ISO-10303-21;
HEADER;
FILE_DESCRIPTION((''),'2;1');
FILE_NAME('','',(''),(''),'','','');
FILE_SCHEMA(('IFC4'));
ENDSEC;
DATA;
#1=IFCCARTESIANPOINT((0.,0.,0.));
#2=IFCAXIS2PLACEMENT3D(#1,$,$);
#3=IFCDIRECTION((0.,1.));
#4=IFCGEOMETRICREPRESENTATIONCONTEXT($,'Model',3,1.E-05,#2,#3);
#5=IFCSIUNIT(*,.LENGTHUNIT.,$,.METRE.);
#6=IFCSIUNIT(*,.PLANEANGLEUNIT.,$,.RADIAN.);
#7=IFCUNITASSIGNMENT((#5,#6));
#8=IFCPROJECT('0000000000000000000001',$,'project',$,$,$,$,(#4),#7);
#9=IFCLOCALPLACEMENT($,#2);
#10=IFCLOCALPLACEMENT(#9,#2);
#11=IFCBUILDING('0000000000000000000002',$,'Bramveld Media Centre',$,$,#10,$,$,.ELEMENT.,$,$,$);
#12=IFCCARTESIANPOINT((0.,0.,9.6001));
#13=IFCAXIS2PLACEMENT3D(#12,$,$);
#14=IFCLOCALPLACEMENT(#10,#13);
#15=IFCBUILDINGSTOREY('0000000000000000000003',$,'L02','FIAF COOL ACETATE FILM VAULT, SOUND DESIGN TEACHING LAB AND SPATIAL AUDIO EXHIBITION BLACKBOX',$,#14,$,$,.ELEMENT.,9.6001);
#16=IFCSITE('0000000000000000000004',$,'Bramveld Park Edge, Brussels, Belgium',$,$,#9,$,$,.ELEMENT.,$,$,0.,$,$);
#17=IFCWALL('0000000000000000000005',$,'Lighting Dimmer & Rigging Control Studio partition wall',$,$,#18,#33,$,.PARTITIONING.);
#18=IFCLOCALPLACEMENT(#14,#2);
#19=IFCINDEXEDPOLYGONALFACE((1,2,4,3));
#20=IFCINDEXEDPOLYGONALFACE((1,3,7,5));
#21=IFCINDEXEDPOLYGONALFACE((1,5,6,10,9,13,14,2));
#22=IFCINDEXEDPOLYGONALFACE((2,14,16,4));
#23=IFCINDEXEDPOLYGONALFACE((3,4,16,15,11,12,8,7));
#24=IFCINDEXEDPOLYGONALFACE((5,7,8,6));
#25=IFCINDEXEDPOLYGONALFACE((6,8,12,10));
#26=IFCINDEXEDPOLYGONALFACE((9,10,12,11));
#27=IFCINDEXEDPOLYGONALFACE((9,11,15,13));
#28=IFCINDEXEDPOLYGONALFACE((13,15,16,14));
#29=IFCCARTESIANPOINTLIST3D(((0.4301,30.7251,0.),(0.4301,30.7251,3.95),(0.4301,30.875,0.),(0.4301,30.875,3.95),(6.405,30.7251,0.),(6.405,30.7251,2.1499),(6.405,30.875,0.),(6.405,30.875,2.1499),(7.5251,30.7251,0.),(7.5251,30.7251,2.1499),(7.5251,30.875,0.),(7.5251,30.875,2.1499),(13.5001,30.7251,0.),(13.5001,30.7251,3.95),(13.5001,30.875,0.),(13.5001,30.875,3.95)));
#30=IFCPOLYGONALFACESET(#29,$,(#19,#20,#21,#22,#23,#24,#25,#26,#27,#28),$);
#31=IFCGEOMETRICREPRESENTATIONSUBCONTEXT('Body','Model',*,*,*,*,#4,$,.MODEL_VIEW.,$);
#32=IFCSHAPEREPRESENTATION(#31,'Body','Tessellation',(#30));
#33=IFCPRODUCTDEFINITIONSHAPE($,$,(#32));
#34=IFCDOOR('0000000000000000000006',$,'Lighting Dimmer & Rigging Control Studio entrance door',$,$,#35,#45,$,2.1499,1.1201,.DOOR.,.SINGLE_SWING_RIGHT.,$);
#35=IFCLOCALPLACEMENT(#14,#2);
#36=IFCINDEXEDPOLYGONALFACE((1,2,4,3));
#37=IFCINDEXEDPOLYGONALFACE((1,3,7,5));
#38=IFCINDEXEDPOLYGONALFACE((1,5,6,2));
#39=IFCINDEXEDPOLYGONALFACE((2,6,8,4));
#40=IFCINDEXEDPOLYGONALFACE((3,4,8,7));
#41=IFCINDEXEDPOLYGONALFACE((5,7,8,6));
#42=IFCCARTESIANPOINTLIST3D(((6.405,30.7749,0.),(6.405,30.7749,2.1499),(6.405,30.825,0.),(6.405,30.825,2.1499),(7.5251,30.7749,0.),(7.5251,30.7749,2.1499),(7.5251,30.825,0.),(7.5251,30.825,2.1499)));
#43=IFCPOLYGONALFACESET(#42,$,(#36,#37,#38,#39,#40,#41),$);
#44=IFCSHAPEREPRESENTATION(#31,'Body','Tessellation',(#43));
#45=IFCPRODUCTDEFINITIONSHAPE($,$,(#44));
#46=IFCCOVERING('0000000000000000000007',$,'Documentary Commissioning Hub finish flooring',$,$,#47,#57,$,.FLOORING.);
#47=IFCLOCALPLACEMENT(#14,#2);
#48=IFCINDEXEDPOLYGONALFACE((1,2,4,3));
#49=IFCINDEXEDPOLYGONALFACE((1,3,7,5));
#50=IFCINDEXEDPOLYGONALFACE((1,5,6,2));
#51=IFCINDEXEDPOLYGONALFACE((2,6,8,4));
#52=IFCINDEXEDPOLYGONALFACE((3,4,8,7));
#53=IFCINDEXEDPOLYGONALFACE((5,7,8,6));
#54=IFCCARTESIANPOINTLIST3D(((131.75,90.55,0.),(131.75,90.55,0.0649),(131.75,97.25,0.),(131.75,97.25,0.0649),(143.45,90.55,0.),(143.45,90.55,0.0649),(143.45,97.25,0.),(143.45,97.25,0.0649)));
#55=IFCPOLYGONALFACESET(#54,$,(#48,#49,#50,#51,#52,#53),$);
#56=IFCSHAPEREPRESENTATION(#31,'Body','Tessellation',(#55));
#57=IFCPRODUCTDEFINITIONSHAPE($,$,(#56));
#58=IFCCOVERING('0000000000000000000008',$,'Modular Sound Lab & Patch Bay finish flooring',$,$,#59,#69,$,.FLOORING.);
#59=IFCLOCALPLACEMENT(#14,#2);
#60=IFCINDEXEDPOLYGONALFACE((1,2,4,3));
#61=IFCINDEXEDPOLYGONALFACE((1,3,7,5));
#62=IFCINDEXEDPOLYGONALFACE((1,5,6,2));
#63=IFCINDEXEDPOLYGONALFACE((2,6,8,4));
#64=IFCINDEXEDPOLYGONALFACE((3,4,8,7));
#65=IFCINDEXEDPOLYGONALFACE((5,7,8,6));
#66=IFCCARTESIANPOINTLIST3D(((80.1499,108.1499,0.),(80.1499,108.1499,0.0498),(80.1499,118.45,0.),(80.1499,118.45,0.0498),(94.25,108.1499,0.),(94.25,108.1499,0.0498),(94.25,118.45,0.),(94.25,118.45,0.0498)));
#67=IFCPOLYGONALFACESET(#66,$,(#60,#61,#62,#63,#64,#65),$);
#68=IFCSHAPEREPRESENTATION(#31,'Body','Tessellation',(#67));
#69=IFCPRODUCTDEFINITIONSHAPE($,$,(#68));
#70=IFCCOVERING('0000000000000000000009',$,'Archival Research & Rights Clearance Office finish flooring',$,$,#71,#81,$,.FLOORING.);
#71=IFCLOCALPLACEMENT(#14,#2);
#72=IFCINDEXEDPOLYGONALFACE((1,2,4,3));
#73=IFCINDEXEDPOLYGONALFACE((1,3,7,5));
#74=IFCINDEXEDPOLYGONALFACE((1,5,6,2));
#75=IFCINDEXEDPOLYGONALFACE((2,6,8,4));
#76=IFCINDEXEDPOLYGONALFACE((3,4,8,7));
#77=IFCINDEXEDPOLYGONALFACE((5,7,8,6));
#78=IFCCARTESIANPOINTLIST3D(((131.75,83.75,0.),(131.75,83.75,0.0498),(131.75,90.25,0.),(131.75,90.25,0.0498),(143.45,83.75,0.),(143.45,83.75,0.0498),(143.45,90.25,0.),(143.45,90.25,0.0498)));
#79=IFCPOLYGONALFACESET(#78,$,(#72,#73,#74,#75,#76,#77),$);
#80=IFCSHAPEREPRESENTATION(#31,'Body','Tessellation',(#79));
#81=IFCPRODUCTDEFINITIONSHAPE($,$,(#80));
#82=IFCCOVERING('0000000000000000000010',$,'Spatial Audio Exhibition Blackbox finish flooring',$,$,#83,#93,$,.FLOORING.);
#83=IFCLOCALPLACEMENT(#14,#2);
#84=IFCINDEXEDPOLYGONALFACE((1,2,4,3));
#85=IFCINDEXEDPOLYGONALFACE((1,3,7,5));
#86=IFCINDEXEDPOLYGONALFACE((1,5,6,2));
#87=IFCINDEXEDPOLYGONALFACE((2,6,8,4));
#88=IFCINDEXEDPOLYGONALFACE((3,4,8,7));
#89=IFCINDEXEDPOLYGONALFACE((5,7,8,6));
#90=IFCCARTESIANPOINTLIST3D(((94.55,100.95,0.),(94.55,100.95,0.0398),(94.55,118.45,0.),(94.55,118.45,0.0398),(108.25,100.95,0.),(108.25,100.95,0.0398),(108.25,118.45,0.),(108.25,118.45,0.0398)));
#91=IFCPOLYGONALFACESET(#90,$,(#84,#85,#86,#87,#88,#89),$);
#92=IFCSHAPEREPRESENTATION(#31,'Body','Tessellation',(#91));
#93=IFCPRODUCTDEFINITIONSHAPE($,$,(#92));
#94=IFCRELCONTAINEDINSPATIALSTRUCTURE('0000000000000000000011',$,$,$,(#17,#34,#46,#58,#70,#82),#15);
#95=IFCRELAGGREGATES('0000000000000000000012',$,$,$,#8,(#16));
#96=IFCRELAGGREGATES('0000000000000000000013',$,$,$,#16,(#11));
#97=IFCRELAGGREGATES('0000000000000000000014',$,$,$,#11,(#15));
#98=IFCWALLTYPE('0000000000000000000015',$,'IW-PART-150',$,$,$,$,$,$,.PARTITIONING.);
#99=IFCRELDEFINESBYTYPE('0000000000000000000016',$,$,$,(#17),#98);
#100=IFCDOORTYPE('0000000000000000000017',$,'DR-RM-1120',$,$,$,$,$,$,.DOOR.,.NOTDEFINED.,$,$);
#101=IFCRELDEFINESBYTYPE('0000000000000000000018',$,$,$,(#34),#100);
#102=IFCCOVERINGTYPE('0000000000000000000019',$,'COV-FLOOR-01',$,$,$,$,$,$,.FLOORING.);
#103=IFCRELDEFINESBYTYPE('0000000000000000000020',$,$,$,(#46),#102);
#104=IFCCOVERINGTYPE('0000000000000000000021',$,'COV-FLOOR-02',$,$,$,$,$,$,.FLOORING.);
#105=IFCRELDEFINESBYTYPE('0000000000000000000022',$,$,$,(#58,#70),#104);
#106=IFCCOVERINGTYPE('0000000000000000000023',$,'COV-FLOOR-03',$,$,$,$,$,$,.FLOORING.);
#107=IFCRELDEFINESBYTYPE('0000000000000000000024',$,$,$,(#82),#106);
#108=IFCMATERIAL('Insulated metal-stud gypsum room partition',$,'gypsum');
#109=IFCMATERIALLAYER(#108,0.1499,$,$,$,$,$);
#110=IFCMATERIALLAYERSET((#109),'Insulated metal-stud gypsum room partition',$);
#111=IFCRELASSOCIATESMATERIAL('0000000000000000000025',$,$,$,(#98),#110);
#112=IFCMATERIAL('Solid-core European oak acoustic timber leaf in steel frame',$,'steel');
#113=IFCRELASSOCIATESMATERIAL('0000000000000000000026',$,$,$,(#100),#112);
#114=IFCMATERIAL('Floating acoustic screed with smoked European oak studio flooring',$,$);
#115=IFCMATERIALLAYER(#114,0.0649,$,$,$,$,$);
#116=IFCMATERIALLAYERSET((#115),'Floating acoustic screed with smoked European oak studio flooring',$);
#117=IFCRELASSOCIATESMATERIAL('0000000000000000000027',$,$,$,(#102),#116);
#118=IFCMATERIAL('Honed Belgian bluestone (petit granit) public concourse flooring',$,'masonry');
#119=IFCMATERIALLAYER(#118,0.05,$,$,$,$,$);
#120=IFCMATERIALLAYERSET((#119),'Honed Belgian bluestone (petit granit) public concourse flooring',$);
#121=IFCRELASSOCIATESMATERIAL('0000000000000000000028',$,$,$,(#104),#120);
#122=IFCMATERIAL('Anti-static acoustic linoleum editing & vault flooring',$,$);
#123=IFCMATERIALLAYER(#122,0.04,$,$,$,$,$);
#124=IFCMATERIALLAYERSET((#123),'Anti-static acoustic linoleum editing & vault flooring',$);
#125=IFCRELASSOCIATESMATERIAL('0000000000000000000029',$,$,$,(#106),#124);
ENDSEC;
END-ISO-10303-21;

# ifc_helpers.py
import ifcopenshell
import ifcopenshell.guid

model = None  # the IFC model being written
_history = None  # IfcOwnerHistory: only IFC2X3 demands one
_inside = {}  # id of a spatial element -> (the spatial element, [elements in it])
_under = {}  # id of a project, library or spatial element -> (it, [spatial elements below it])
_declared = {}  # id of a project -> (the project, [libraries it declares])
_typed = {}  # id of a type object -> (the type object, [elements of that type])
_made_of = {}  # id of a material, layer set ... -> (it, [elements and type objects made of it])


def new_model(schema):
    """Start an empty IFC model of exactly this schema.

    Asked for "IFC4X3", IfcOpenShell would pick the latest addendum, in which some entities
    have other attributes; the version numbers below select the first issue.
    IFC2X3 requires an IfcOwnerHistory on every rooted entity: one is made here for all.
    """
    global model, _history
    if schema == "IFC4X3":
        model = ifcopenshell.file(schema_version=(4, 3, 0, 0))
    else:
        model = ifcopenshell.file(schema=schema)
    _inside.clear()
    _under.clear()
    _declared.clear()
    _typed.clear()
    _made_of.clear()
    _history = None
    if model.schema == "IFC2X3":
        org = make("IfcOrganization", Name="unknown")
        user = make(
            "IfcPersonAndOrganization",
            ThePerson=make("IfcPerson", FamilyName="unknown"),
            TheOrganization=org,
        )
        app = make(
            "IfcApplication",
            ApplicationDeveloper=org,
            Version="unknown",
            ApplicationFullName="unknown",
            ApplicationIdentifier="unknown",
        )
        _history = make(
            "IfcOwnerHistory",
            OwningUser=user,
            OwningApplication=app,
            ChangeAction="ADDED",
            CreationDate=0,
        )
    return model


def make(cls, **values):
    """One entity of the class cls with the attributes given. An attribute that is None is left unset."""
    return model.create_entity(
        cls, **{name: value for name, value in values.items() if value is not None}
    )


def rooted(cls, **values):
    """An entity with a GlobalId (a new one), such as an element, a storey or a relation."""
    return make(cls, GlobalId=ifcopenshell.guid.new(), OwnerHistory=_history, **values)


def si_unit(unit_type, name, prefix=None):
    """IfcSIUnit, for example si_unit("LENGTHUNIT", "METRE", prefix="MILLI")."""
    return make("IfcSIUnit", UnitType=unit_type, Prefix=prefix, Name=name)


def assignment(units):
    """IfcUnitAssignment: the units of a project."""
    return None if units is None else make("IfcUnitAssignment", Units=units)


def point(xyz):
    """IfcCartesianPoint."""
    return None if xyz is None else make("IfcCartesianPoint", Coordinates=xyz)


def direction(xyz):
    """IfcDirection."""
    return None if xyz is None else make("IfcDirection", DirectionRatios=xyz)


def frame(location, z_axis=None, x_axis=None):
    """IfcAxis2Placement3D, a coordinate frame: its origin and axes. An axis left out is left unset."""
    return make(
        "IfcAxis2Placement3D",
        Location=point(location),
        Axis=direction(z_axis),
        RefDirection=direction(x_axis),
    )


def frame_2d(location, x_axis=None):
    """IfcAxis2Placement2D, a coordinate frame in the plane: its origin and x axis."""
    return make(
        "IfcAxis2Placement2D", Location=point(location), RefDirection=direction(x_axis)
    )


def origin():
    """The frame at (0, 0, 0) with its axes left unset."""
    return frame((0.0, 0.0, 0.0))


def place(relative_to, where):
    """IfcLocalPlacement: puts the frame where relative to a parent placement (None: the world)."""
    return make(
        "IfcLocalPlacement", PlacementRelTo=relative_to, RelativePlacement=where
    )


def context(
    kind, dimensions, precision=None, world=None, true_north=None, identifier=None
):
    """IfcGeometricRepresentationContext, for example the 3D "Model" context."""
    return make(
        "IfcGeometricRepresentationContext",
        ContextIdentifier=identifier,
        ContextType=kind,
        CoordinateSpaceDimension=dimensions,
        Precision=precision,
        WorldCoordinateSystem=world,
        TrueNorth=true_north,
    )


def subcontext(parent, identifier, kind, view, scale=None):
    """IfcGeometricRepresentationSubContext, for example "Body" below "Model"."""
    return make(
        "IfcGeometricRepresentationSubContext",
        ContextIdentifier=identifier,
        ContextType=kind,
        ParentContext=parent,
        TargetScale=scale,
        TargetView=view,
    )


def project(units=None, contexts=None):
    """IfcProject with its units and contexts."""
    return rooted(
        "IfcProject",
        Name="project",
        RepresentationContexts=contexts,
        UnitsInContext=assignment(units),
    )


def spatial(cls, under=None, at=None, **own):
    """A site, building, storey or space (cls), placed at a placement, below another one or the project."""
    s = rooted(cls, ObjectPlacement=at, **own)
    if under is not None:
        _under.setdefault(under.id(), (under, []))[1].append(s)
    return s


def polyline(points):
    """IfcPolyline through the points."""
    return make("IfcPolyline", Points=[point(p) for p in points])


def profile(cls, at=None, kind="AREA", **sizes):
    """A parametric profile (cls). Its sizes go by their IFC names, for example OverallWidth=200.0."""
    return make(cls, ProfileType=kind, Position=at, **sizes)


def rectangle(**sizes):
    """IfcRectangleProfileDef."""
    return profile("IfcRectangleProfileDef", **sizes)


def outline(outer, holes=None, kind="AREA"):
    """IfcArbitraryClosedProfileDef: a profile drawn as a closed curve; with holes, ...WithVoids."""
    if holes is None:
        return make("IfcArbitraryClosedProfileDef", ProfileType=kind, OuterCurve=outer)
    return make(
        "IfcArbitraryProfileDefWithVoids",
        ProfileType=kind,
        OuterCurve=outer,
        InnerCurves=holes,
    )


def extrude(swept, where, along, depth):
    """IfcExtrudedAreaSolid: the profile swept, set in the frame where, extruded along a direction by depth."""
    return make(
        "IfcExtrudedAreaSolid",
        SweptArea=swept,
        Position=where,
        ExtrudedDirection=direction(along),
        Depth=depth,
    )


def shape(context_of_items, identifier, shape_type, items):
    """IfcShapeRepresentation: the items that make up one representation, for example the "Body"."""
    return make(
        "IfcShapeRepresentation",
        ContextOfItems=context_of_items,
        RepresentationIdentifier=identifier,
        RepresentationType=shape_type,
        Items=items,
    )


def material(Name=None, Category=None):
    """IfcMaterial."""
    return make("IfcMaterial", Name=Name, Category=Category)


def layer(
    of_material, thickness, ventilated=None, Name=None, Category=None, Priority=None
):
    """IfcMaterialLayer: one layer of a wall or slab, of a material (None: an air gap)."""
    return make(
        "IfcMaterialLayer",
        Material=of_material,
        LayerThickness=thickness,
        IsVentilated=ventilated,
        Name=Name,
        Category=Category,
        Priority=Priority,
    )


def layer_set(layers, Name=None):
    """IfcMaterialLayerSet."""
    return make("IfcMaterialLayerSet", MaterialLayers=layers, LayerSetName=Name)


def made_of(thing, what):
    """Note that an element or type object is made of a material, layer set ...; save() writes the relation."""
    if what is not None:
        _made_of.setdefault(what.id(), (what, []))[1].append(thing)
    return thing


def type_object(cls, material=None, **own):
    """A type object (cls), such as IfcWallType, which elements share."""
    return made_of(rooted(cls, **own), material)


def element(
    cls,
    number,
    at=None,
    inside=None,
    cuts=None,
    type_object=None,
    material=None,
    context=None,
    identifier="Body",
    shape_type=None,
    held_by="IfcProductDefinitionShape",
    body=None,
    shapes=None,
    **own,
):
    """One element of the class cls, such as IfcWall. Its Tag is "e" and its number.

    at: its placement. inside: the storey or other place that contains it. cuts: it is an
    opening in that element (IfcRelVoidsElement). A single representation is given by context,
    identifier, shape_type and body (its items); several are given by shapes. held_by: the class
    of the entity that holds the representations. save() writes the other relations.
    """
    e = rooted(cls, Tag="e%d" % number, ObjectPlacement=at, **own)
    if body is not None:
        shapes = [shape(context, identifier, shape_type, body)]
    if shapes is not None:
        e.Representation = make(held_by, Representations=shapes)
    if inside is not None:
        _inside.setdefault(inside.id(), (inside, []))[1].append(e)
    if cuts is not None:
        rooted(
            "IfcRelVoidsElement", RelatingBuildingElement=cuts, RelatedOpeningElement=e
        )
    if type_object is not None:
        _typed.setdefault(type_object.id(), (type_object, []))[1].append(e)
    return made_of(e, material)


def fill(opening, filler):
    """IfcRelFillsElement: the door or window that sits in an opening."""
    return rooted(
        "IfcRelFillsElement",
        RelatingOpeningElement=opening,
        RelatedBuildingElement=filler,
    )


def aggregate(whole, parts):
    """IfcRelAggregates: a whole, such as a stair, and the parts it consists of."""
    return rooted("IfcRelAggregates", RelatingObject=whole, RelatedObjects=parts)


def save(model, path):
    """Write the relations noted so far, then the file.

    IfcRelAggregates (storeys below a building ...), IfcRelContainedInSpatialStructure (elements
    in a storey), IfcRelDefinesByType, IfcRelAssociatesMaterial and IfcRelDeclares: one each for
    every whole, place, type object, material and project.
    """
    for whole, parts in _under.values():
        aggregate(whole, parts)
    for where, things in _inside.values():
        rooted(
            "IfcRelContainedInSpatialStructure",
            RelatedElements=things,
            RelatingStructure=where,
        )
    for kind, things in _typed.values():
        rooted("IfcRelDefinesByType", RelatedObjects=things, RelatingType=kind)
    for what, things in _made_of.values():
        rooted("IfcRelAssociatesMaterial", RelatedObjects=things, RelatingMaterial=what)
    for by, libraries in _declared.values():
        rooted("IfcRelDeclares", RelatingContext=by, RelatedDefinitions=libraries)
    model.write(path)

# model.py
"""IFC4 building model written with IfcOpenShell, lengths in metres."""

from ifc_helpers import new_model, si_unit, direction, frame, frame_2d, origin, place, context, subcontext, project, spatial, polyline, rectangle, outline, extrude, material, layer, layer_set, type_object, element, fill, save


model = new_model("IFC4")

# Units and contexts
model_context = context("Model", 3, precision=1e-05, world=origin(), true_north=direction((0.0, 1.0)))
body_context = subcontext(model_context, "Body", "Model", "MODEL_VIEW")
ifc_project = project(units=[si_unit("LENGTHUNIT", "METRE"), si_unit("PLANEANGLEUNIT", "RADIAN")], contexts=[model_context])

# Site, building, storey
site_placement = place(None, origin())
site = spatial("IfcSite", under=ifc_project, at=site_placement, Name="Bramveld Park Edge, Brussels, Belgium", CompositionType="ELEMENT", RefElevation=0.0)
building_placement = place(site_placement, origin())
building = spatial("IfcBuilding", under=site, at=building_placement, Name="Bramveld Media Centre", CompositionType="ELEMENT")
storey_placement = place(building_placement, frame((0.0, 0.0, 9.6001)))
storey = spatial("IfcBuildingStorey", under=building, at=storey_placement, Name="L02", Description="FIAF COOL ACETATE FILM VAULT, SOUND DESIGN TEACHING LAB AND SPATIAL AUDIO EXHIBITION BLACKBOX", CompositionType="ELEMENT", Elevation=9.6001)

# Wall, opening, door
ifc_material_1 = material(Name="Insulated metal-stud gypsum room partition", Category="gypsum")
ifc_layer_1 = layer(ifc_material_1, 0.1499)
ifc_layer_set_1 = layer_set([ifc_layer_1], Name="Insulated metal-stud gypsum room partition")
wall_type_1 = type_object("IfcWallType", Name="IW-PART-150", PredefinedType="PARTITIONING", material=ifc_layer_set_1)
wall_1_placement = place(storey_placement, frame((0.4299, 30.8, 0.0), z_axis=(0.0, 0.0, 1.0), x_axis=(1.0, 0.0, 0.0)))
wall_1 = element("IfcWall", 1, at=wall_1_placement, inside=storey, type_object=wall_type_1, Name="Lighting Dimmer & Rigging Control Studio partition wall", PredefinedType="PARTITIONING", context=body_context, shape_type="SweptSolid", body=[
    extrude(rectangle(XDim=13.0701, YDim=0.1499, at=frame_2d((6.5352, 0.0))), origin(), (0.0, 0.0, 1.0), 3.95),
])
opening_1_placement = place(wall_1_placement, frame((5.9751, 0.0, 0.0)))
opening_1 = element("IfcOpeningElement", 2, at=opening_1_placement, cuts=wall_1, PredefinedType="OPENING", context=body_context, shape_type="SweptSolid", body=[
    extrude(rectangle(XDim=1.1201, YDim=2.1499, at=frame_2d((0.5601, 1.075))), frame((0.0, 0.0869, 0.0), z_axis=(0.0, -1.0, 0.0), x_axis=(1.0, 0.0, 0.0)), (0.0, 0.0, 1.0), 0.1738),
])
ifc_material_2 = material(Name="Solid-core European oak acoustic timber leaf in steel frame", Category="steel")
door_type = type_object("IfcDoorType", Name="DR-RM-1120", OperationType="NOTDEFINED", PredefinedType="DOOR", material=ifc_material_2)
door_placement = place(opening_1_placement, origin())
door = element("IfcDoor", 3, at=door_placement, inside=storey, type_object=door_type, Name="Lighting Dimmer & Rigging Control Studio entrance door", OperationType="SINGLE_SWING_RIGHT", OverallHeight=2.1499, OverallWidth=1.1201, PredefinedType="DOOR", context=body_context, shape_type="SweptSolid", body=[
    extrude(rectangle(XDim=1.1201, YDim=2.1499, at=frame_2d((0.5601, 1.075))), frame((0.0, 0.0249, 0.0), z_axis=(0.0, -1.0, 0.0), x_axis=(1.0, 0.0, 0.0)), (0.0, 0.0, 1.0), 0.05),
])
fill(opening_1, door)

# Coverings
ifc_material_3 = material(Name="Floating acoustic screed with smoked European oak studio flooring")
ifc_layer_2 = layer(ifc_material_3, 0.0649)
ifc_layer_set_2 = layer_set([ifc_layer_2], Name="Floating acoustic screed with smoked European oak studio flooring")
covering_type_1 = type_object("IfcCoveringType", Name="COV-FLOOR-01", PredefinedType="FLOORING", material=ifc_layer_set_2)
covering_1_placement = place(storey_placement, origin())
element("IfcCovering", 4, at=covering_1_placement, inside=storey, type_object=covering_type_1, Name="Documentary Commissioning Hub finish flooring", PredefinedType="FLOORING", context=body_context, shape_type="SweptSolid", body=[
    extrude(outline(polyline([(131.75, 90.55), (143.45, 90.55), (143.45, 97.25), (131.75, 97.25), (131.75, 90.55)])), origin(), (0.0, 0.0, 1.0), 0.0649),
])
ifc_material_4 = material(Name="Honed Belgian bluestone (petit granit) public concourse flooring", Category="masonry")
ifc_layer_3 = layer(ifc_material_4, 0.05)
ifc_layer_set_3 = layer_set([ifc_layer_3], Name="Honed Belgian bluestone (petit granit) public concourse flooring")
covering_type_2 = type_object("IfcCoveringType", Name="COV-FLOOR-02", PredefinedType="FLOORING", material=ifc_layer_set_3)
covering_2_placement = place(storey_placement, origin())
element("IfcCovering", 5, at=covering_2_placement, inside=storey, type_object=covering_type_2, Name="Modular Sound Lab & Patch Bay finish flooring", PredefinedType="FLOORING", context=body_context, shape_type="SweptSolid", body=[
    extrude(outline(polyline([(80.1499, 108.1499), (94.25, 108.1499), (94.25, 118.45), (80.1499, 118.45), (80.1499, 108.1499)])), origin(), (0.0, 0.0, 1.0), 0.0498),
])
covering_3_placement = place(storey_placement, origin())
element("IfcCovering", 6, at=covering_3_placement, inside=storey, type_object=covering_type_2, Name="Archival Research & Rights Clearance Office finish flooring", PredefinedType="FLOORING", context=body_context, shape_type="SweptSolid", body=[
    extrude(outline(polyline([(131.75, 83.75), (143.45, 83.75), (143.45, 90.25), (131.75, 90.25), (131.75, 83.75)])), origin(), (0.0, 0.0, 1.0), 0.0498),
])
ifc_material_5 = material(Name="Anti-static acoustic linoleum editing & vault flooring")
ifc_layer_4 = layer(ifc_material_5, 0.04)
ifc_layer_set_4 = layer_set([ifc_layer_4], Name="Anti-static acoustic linoleum editing & vault flooring")
covering_type_3 = type_object("IfcCoveringType", Name="COV-FLOOR-03", PredefinedType="FLOORING", material=ifc_layer_set_4)
covering_4_placement = place(storey_placement, origin())
element("IfcCovering", 7, at=covering_4_placement, inside=storey, type_object=covering_type_3, Name="Spatial Audio Exhibition Blackbox finish flooring", PredefinedType="FLOORING", context=body_context, shape_type="SweptSolid", body=[
    extrude(outline(polyline([(94.55, 100.95), (108.25, 100.95), (108.25, 118.45), (94.55, 118.45), (94.55, 100.95)])), origin(), (0.0, 0.0, 1.0), 0.0398),
])

save(model, "model.ifc")
